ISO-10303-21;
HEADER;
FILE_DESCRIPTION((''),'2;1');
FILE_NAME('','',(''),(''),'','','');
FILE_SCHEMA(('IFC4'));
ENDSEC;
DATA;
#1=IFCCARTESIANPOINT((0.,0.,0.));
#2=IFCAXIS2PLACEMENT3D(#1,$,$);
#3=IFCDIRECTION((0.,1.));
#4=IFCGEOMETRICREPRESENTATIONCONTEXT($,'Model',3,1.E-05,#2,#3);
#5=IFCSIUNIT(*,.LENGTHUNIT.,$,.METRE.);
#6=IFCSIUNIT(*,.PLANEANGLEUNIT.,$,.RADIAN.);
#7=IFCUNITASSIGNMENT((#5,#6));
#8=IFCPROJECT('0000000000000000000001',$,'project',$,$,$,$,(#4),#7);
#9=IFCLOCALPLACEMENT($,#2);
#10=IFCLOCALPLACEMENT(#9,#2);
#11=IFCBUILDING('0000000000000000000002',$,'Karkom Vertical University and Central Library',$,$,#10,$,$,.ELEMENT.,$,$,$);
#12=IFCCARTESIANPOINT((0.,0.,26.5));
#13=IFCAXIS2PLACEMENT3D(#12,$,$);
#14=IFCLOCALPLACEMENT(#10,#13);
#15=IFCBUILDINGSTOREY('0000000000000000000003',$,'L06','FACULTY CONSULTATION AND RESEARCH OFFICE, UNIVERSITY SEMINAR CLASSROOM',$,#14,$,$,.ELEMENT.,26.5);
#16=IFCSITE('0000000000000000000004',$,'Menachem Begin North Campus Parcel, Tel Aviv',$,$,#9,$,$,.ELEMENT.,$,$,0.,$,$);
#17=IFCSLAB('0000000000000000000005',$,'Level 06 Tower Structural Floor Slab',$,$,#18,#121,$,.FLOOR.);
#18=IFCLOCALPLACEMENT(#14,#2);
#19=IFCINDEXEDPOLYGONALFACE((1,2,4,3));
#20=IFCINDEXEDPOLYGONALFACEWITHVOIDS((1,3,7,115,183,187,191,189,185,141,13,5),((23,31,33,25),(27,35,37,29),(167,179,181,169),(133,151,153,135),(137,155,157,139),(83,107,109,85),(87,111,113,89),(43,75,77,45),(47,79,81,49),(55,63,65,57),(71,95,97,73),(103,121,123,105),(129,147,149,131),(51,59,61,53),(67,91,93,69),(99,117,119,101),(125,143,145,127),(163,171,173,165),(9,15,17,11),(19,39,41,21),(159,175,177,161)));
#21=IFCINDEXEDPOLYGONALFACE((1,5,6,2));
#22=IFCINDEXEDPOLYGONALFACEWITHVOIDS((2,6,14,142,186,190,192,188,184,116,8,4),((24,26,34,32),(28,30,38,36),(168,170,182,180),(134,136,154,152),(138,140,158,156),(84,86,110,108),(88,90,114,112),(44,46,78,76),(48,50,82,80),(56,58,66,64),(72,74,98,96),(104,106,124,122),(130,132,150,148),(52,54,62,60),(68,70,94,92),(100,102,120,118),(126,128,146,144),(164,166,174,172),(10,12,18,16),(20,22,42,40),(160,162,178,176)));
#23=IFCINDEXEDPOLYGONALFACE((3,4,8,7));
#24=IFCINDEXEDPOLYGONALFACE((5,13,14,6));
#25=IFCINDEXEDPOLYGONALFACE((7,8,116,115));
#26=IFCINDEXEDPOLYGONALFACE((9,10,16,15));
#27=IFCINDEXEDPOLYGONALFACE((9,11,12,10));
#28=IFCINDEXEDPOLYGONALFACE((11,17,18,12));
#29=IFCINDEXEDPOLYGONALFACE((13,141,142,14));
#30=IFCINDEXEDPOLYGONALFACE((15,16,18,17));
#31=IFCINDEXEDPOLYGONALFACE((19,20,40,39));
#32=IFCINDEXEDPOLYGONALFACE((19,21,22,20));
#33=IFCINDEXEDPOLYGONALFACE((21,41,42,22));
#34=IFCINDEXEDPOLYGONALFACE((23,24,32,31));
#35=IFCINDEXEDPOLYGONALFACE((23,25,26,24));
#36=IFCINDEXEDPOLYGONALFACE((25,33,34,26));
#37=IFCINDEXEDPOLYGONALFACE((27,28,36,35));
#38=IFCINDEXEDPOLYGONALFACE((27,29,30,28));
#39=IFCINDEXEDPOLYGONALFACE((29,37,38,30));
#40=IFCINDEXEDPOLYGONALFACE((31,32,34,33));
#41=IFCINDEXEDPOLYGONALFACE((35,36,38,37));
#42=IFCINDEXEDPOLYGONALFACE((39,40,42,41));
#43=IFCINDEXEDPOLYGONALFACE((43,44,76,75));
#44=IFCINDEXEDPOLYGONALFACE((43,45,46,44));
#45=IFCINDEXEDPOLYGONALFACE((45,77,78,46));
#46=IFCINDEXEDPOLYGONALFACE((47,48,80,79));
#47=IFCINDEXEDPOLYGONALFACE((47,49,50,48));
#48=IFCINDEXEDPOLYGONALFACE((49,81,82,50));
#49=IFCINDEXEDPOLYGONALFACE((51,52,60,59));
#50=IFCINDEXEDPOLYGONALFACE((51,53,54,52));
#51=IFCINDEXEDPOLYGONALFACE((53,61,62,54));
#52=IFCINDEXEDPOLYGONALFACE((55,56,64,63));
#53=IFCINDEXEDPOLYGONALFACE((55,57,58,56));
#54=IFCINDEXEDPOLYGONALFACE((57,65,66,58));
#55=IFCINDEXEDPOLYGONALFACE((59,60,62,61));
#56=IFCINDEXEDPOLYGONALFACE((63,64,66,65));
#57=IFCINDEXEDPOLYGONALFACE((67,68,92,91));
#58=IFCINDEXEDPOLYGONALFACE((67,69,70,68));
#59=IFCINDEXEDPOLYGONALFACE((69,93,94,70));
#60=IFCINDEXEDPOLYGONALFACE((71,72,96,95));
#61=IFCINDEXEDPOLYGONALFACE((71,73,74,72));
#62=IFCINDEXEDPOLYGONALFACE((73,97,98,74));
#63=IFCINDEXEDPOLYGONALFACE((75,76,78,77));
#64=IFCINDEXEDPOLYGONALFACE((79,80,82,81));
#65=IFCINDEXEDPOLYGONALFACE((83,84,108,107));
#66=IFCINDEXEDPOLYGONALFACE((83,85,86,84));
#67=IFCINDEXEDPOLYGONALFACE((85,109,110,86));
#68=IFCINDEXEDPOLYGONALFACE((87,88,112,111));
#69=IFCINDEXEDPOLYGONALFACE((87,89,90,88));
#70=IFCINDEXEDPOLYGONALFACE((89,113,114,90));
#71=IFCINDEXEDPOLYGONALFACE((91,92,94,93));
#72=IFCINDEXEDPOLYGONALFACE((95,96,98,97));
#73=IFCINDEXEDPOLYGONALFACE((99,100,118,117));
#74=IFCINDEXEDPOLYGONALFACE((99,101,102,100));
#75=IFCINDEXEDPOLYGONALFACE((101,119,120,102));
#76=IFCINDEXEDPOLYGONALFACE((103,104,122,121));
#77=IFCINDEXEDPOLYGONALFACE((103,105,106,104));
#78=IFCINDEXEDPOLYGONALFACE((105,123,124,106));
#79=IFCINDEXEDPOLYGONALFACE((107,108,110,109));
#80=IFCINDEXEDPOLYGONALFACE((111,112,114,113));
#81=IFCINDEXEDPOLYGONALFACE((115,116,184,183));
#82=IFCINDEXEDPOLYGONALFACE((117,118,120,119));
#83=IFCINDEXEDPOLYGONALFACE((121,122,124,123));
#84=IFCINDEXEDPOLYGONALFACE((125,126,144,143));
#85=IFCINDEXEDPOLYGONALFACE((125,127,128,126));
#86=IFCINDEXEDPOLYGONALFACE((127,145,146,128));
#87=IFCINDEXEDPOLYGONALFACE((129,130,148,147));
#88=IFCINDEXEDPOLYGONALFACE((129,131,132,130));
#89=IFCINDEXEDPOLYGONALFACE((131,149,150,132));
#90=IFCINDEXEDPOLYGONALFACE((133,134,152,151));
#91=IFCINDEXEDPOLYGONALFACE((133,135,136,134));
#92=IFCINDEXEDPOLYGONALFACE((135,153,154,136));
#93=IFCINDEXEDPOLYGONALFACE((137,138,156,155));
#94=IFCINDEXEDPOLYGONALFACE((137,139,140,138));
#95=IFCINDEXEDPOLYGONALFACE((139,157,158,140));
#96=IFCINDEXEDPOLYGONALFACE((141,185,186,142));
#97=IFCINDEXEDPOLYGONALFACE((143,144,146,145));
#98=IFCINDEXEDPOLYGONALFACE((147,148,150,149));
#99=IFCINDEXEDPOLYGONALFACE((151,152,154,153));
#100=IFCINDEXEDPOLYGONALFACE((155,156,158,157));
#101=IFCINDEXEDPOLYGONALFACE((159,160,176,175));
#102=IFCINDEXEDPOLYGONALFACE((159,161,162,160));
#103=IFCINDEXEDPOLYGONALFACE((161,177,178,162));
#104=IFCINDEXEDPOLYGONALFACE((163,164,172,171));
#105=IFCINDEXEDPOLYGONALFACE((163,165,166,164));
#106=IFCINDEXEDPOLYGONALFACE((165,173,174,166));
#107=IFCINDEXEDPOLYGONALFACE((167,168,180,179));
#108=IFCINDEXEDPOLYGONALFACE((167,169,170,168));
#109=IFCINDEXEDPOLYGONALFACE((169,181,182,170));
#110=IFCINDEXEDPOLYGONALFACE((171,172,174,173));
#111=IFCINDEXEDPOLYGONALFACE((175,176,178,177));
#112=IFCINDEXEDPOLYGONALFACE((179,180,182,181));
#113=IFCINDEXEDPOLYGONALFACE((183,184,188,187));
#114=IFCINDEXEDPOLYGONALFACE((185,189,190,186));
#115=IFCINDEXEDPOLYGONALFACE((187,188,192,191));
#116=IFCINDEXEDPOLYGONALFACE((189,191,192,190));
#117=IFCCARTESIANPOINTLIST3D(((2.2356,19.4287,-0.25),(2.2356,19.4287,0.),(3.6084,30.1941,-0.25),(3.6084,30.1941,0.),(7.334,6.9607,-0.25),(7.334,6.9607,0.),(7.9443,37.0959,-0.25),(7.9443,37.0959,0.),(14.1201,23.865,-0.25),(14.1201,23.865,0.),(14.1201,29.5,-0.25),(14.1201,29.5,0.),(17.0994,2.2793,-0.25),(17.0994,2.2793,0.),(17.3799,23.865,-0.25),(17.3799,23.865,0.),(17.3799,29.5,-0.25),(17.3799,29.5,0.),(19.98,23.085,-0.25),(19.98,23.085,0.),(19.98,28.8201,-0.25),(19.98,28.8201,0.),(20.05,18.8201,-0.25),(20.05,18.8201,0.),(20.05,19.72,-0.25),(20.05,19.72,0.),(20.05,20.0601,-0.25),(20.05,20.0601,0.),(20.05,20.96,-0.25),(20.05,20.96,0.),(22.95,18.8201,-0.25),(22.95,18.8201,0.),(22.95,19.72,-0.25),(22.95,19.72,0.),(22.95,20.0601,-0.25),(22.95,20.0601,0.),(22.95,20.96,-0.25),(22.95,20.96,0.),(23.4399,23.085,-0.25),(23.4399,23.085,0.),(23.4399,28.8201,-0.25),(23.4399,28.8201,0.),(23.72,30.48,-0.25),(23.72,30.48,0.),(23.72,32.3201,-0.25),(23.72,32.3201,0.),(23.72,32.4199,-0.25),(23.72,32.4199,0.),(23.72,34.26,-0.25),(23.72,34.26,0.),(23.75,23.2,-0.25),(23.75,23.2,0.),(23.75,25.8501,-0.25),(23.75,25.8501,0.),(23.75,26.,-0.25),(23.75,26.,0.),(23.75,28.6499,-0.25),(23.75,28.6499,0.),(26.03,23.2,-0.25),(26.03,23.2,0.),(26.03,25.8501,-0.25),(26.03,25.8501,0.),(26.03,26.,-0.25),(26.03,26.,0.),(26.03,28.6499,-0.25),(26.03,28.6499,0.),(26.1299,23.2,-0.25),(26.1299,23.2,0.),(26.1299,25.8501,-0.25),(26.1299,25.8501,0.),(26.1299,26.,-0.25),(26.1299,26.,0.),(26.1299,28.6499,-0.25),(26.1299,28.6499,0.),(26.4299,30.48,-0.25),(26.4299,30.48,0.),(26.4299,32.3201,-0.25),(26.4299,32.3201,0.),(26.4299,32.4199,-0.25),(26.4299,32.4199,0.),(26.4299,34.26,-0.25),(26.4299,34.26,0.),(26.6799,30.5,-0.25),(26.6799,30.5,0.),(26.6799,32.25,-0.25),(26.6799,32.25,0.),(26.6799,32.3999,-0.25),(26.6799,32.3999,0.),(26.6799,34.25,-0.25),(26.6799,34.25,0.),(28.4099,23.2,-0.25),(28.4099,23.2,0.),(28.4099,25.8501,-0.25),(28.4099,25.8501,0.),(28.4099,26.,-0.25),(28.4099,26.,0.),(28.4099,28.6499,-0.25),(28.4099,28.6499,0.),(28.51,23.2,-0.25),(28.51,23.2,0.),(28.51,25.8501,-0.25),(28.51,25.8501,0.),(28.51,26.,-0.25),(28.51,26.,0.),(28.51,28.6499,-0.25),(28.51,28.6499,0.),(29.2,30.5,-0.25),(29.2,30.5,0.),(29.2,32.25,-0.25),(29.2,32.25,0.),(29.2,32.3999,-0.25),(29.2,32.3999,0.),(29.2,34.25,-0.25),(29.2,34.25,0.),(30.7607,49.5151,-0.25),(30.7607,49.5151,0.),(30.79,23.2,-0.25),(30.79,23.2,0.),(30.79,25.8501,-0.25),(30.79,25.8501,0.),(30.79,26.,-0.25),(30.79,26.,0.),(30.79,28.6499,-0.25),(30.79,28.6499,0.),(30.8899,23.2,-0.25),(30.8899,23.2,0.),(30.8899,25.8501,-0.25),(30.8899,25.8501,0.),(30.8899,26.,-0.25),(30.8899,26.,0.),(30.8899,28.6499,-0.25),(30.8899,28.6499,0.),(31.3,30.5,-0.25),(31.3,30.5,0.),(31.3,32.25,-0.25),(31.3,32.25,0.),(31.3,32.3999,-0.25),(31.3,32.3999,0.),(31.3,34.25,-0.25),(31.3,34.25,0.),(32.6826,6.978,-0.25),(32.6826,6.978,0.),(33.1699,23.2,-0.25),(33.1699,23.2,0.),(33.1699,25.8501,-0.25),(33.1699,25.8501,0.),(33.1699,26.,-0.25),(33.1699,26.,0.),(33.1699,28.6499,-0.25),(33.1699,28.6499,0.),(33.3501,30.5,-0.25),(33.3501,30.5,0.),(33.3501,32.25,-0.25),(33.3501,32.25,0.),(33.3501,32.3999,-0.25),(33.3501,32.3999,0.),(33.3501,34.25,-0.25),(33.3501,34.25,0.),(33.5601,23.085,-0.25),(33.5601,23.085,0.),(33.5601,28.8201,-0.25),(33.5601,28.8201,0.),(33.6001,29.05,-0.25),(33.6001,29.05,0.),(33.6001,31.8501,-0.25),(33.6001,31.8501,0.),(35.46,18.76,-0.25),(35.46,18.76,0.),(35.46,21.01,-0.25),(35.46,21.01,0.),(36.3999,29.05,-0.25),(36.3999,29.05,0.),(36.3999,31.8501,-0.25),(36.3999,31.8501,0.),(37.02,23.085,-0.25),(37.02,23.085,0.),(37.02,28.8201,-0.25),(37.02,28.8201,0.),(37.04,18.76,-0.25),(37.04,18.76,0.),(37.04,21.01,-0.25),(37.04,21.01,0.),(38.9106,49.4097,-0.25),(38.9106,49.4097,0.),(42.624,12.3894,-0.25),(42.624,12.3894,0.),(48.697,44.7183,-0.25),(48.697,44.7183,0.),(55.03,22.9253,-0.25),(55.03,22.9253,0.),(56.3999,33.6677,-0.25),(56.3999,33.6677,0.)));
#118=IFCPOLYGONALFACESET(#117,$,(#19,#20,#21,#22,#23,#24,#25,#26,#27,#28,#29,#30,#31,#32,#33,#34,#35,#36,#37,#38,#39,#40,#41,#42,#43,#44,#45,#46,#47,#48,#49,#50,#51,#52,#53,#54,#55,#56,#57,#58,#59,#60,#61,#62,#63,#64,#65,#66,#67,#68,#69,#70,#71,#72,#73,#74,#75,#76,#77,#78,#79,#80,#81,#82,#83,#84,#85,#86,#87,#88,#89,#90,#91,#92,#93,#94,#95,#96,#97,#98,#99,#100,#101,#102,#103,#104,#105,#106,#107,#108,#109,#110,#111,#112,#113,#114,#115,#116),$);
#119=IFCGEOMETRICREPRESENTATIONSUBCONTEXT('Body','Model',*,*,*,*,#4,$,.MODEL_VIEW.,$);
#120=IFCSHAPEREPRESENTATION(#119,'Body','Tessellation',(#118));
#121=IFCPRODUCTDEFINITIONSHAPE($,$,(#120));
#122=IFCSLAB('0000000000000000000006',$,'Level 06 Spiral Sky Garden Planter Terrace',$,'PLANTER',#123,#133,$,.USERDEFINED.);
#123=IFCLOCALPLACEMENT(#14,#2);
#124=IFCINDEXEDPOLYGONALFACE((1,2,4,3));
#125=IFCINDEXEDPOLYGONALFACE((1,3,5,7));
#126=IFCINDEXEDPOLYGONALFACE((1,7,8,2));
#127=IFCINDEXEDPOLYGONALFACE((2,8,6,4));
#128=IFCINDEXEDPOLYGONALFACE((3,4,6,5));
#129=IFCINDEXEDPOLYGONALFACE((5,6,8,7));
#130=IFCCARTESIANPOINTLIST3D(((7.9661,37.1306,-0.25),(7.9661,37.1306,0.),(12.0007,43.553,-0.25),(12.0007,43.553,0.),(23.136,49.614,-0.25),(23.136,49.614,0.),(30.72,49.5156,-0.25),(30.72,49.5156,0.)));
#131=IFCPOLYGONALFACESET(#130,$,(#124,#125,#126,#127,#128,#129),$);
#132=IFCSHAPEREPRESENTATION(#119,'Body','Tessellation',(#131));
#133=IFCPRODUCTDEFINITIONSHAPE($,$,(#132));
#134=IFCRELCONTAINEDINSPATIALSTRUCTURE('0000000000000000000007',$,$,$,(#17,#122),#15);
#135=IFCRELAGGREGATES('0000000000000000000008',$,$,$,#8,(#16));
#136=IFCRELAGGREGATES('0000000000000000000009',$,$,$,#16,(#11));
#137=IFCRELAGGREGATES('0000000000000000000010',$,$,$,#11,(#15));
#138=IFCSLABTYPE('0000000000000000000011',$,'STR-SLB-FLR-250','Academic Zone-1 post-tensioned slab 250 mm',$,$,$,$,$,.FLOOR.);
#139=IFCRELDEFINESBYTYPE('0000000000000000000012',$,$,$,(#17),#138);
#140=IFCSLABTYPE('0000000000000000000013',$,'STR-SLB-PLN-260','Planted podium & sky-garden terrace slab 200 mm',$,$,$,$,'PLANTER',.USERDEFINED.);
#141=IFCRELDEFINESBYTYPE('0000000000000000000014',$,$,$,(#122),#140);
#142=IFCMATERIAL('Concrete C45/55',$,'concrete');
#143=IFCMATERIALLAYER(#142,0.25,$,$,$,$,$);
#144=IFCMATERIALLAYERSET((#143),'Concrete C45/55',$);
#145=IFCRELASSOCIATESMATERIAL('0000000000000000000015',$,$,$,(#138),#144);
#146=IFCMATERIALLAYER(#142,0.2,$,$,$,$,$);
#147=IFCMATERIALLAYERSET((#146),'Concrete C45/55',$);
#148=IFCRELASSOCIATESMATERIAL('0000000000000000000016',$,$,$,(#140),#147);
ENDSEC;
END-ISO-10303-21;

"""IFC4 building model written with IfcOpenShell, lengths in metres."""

from ifc_helpers import new_model, si_unit, direction, frame, origin, place, context, subcontext, project, spatial, polyline, outline, extrude, material, layer, layer_set, type_object, element, save


model = new_model("IFC4")

# Units and contexts
model_context = context("Model", 3, precision=1e-05, world=origin(), true_north=direction((0.0, 1.0)))
body_context = subcontext(model_context, "Body", "Model", "MODEL_VIEW")
ifc_project = project(units=[si_unit("LENGTHUNIT", "METRE"), si_unit("PLANEANGLEUNIT", "RADIAN")], contexts=[model_context])

# Site, building, storey
site_placement = place(None, origin())
site = spatial("IfcSite", under=ifc_project, at=site_placement, Name="Menachem Begin North Campus Parcel, Tel Aviv", CompositionType="ELEMENT", RefElevation=0.0)
building_placement = place(site_placement, origin())
building = spatial("IfcBuilding", under=site, at=building_placement, Name="Karkom Vertical University and Central Library", CompositionType="ELEMENT")
storey_placement = place(building_placement, frame((0.0, 0.0, 26.5)))
storey = spatial("IfcBuildingStorey", under=building, at=storey_placement, Name="L06", Description="FACULTY CONSULTATION AND RESEARCH OFFICE, UNIVERSITY SEMINAR CLASSROOM", CompositionType="ELEMENT", Elevation=26.5)

# Shared definitions
ifc_material_1 = material(Name="Concrete C45/55", Category="concrete")

# Slabs
ifc_layer_1 = layer(ifc_material_1, 0.25)
ifc_layer_set_1 = layer_set([ifc_layer_1], Name="Concrete C45/55")
slab_type_1 = type_object("IfcSlabType", Name="STR-SLB-FLR-250", Description="Academic Zone-1 post-tensioned slab 250 mm", PredefinedType="FLOOR", material=ifc_layer_set_1)
slab_1_placement = place(storey_placement, frame((0.0, 0.0, -0.25)))
element("IfcSlab", 1, at=slab_1_placement, inside=storey, type_object=slab_type_1, Name="Level 06 Tower Structural Floor Slab", PredefinedType="FLOOR", context=body_context, shape_type="SweptSolid", body=[
    extrude(outline(polyline([(7.9443, 37.0959), (3.6084, 30.1941), (2.2356, 19.4287), (7.334, 6.9607), (17.0994, 2.2793), (32.6826, 6.978), (42.624, 12.3894), (55.03, 22.9253), (56.3999, 33.6677), (48.697, 44.7183), (38.9106, 49.4097), (30.7607, 49.5151), (7.9443, 37.0959)]), holes=[polyline([(19.98, 23.085), (23.4399, 23.085), (23.4399, 28.8201), (19.98, 28.8201), (19.98, 23.085)]), polyline([(33.5601, 23.085), (37.02, 23.085), (37.02, 28.8201), (33.5601, 28.8201), (33.5601, 23.085)]), polyline([(14.1201, 23.865), (17.3799, 23.865), (17.3799, 29.5), (14.1201, 29.5), (14.1201, 23.865)]), polyline([(23.75, 23.2), (26.03, 23.2), (26.03, 25.8501), (23.75, 25.8501), (23.75, 23.2)]), polyline([(26.1299, 23.2), (28.4099, 23.2), (28.4099, 25.8501), (26.1299, 25.8501), (26.1299, 23.2)]), polyline([(28.51, 23.2), (30.79, 23.2), (30.79, 25.8501), (28.51, 25.8501), (28.51, 23.2)]), polyline([(30.8899, 23.2), (33.1699, 23.2), (33.1699, 25.8501), (30.8899, 25.8501), (30.8899, 23.2)]), polyline([(23.75, 26.0), (26.03, 26.0), (26.03, 28.6499), (23.75, 28.6499), (23.75, 26.0)]), polyline([(26.1299, 26.0), (28.4099, 26.0), (28.4099, 28.6499), (26.1299, 28.6499), (26.1299, 26.0)]), polyline([(28.51, 26.0), (30.79, 26.0), (30.79, 28.6499), (28.51, 28.6499), (28.51, 26.0)]), polyline([(30.8899, 26.0), (33.1699, 26.0), (33.1699, 28.6499), (30.8899, 28.6499), (30.8899, 26.0)]), polyline([(26.6799, 30.5), (29.2, 30.5), (29.2, 32.25), (26.6799, 32.25), (26.6799, 30.5)]), polyline([(26.6799, 32.3999), (29.2, 32.3999), (29.2, 34.25), (26.6799, 34.25), (26.6799, 32.3999)]), polyline([(31.3, 30.5), (33.3501, 30.5), (33.3501, 32.25), (31.3, 32.25), (31.3, 30.5)]), polyline([(31.3, 32.3999), (33.3501, 32.3999), (33.3501, 34.25), (31.3, 34.25), (31.3, 32.3999)]), polyline([(23.72, 30.48), (26.4299, 30.48), (26.4299, 32.3201), (23.72, 32.3201), (23.72, 30.48)]), polyline([(23.72, 32.4199), (26.4299, 32.4199), (26.4299, 34.26), (23.72, 34.26), (23.72, 32.4199)]), polyline([(33.6001, 29.05), (36.3999, 29.05), (36.3999, 31.8501), (33.6001, 31.8501), (33.6001, 29.05)]), polyline([(20.05, 18.8201), (22.95, 18.8201), (22.95, 19.72), (20.05, 19.72), (20.05, 18.8201)]), polyline([(20.05, 20.0601), (22.95, 20.0601), (22.95, 20.96), (20.05, 20.96), (20.05, 20.0601)]), polyline([(35.46, 18.76), (37.04, 18.76), (37.04, 21.01), (35.46, 21.01), (35.46, 18.76)])]), origin(), (0.0, 0.0, 1.0), 0.25),
])
ifc_layer_2 = layer(ifc_material_1, 0.2)
ifc_layer_set_2 = layer_set([ifc_layer_2], Name="Concrete C45/55")
slab_type_2 = type_object("IfcSlabType", Name="STR-SLB-PLN-260", Description="Planted podium & sky-garden terrace slab 200 mm", ElementType="PLANTER", PredefinedType="USERDEFINED", material=ifc_layer_set_2)
slab_2_placement = place(storey_placement, frame((0.0, 0.0, -0.25)))
element("IfcSlab", 2, at=slab_2_placement, inside=storey, type_object=slab_type_2, Name="Level 06 Spiral Sky Garden Planter Terrace", ObjectType="PLANTER", PredefinedType="USERDEFINED", context=body_context, shape_type="SweptSolid", body=[
    extrude(outline(polyline([(12.0007, 43.553), (23.136, 49.614), (30.72, 49.5156), (7.9661, 37.1306), (12.0007, 43.553)])), origin(), (0.0, 0.0, 1.0), 0.25),
])

save(model, "model.ifc")
